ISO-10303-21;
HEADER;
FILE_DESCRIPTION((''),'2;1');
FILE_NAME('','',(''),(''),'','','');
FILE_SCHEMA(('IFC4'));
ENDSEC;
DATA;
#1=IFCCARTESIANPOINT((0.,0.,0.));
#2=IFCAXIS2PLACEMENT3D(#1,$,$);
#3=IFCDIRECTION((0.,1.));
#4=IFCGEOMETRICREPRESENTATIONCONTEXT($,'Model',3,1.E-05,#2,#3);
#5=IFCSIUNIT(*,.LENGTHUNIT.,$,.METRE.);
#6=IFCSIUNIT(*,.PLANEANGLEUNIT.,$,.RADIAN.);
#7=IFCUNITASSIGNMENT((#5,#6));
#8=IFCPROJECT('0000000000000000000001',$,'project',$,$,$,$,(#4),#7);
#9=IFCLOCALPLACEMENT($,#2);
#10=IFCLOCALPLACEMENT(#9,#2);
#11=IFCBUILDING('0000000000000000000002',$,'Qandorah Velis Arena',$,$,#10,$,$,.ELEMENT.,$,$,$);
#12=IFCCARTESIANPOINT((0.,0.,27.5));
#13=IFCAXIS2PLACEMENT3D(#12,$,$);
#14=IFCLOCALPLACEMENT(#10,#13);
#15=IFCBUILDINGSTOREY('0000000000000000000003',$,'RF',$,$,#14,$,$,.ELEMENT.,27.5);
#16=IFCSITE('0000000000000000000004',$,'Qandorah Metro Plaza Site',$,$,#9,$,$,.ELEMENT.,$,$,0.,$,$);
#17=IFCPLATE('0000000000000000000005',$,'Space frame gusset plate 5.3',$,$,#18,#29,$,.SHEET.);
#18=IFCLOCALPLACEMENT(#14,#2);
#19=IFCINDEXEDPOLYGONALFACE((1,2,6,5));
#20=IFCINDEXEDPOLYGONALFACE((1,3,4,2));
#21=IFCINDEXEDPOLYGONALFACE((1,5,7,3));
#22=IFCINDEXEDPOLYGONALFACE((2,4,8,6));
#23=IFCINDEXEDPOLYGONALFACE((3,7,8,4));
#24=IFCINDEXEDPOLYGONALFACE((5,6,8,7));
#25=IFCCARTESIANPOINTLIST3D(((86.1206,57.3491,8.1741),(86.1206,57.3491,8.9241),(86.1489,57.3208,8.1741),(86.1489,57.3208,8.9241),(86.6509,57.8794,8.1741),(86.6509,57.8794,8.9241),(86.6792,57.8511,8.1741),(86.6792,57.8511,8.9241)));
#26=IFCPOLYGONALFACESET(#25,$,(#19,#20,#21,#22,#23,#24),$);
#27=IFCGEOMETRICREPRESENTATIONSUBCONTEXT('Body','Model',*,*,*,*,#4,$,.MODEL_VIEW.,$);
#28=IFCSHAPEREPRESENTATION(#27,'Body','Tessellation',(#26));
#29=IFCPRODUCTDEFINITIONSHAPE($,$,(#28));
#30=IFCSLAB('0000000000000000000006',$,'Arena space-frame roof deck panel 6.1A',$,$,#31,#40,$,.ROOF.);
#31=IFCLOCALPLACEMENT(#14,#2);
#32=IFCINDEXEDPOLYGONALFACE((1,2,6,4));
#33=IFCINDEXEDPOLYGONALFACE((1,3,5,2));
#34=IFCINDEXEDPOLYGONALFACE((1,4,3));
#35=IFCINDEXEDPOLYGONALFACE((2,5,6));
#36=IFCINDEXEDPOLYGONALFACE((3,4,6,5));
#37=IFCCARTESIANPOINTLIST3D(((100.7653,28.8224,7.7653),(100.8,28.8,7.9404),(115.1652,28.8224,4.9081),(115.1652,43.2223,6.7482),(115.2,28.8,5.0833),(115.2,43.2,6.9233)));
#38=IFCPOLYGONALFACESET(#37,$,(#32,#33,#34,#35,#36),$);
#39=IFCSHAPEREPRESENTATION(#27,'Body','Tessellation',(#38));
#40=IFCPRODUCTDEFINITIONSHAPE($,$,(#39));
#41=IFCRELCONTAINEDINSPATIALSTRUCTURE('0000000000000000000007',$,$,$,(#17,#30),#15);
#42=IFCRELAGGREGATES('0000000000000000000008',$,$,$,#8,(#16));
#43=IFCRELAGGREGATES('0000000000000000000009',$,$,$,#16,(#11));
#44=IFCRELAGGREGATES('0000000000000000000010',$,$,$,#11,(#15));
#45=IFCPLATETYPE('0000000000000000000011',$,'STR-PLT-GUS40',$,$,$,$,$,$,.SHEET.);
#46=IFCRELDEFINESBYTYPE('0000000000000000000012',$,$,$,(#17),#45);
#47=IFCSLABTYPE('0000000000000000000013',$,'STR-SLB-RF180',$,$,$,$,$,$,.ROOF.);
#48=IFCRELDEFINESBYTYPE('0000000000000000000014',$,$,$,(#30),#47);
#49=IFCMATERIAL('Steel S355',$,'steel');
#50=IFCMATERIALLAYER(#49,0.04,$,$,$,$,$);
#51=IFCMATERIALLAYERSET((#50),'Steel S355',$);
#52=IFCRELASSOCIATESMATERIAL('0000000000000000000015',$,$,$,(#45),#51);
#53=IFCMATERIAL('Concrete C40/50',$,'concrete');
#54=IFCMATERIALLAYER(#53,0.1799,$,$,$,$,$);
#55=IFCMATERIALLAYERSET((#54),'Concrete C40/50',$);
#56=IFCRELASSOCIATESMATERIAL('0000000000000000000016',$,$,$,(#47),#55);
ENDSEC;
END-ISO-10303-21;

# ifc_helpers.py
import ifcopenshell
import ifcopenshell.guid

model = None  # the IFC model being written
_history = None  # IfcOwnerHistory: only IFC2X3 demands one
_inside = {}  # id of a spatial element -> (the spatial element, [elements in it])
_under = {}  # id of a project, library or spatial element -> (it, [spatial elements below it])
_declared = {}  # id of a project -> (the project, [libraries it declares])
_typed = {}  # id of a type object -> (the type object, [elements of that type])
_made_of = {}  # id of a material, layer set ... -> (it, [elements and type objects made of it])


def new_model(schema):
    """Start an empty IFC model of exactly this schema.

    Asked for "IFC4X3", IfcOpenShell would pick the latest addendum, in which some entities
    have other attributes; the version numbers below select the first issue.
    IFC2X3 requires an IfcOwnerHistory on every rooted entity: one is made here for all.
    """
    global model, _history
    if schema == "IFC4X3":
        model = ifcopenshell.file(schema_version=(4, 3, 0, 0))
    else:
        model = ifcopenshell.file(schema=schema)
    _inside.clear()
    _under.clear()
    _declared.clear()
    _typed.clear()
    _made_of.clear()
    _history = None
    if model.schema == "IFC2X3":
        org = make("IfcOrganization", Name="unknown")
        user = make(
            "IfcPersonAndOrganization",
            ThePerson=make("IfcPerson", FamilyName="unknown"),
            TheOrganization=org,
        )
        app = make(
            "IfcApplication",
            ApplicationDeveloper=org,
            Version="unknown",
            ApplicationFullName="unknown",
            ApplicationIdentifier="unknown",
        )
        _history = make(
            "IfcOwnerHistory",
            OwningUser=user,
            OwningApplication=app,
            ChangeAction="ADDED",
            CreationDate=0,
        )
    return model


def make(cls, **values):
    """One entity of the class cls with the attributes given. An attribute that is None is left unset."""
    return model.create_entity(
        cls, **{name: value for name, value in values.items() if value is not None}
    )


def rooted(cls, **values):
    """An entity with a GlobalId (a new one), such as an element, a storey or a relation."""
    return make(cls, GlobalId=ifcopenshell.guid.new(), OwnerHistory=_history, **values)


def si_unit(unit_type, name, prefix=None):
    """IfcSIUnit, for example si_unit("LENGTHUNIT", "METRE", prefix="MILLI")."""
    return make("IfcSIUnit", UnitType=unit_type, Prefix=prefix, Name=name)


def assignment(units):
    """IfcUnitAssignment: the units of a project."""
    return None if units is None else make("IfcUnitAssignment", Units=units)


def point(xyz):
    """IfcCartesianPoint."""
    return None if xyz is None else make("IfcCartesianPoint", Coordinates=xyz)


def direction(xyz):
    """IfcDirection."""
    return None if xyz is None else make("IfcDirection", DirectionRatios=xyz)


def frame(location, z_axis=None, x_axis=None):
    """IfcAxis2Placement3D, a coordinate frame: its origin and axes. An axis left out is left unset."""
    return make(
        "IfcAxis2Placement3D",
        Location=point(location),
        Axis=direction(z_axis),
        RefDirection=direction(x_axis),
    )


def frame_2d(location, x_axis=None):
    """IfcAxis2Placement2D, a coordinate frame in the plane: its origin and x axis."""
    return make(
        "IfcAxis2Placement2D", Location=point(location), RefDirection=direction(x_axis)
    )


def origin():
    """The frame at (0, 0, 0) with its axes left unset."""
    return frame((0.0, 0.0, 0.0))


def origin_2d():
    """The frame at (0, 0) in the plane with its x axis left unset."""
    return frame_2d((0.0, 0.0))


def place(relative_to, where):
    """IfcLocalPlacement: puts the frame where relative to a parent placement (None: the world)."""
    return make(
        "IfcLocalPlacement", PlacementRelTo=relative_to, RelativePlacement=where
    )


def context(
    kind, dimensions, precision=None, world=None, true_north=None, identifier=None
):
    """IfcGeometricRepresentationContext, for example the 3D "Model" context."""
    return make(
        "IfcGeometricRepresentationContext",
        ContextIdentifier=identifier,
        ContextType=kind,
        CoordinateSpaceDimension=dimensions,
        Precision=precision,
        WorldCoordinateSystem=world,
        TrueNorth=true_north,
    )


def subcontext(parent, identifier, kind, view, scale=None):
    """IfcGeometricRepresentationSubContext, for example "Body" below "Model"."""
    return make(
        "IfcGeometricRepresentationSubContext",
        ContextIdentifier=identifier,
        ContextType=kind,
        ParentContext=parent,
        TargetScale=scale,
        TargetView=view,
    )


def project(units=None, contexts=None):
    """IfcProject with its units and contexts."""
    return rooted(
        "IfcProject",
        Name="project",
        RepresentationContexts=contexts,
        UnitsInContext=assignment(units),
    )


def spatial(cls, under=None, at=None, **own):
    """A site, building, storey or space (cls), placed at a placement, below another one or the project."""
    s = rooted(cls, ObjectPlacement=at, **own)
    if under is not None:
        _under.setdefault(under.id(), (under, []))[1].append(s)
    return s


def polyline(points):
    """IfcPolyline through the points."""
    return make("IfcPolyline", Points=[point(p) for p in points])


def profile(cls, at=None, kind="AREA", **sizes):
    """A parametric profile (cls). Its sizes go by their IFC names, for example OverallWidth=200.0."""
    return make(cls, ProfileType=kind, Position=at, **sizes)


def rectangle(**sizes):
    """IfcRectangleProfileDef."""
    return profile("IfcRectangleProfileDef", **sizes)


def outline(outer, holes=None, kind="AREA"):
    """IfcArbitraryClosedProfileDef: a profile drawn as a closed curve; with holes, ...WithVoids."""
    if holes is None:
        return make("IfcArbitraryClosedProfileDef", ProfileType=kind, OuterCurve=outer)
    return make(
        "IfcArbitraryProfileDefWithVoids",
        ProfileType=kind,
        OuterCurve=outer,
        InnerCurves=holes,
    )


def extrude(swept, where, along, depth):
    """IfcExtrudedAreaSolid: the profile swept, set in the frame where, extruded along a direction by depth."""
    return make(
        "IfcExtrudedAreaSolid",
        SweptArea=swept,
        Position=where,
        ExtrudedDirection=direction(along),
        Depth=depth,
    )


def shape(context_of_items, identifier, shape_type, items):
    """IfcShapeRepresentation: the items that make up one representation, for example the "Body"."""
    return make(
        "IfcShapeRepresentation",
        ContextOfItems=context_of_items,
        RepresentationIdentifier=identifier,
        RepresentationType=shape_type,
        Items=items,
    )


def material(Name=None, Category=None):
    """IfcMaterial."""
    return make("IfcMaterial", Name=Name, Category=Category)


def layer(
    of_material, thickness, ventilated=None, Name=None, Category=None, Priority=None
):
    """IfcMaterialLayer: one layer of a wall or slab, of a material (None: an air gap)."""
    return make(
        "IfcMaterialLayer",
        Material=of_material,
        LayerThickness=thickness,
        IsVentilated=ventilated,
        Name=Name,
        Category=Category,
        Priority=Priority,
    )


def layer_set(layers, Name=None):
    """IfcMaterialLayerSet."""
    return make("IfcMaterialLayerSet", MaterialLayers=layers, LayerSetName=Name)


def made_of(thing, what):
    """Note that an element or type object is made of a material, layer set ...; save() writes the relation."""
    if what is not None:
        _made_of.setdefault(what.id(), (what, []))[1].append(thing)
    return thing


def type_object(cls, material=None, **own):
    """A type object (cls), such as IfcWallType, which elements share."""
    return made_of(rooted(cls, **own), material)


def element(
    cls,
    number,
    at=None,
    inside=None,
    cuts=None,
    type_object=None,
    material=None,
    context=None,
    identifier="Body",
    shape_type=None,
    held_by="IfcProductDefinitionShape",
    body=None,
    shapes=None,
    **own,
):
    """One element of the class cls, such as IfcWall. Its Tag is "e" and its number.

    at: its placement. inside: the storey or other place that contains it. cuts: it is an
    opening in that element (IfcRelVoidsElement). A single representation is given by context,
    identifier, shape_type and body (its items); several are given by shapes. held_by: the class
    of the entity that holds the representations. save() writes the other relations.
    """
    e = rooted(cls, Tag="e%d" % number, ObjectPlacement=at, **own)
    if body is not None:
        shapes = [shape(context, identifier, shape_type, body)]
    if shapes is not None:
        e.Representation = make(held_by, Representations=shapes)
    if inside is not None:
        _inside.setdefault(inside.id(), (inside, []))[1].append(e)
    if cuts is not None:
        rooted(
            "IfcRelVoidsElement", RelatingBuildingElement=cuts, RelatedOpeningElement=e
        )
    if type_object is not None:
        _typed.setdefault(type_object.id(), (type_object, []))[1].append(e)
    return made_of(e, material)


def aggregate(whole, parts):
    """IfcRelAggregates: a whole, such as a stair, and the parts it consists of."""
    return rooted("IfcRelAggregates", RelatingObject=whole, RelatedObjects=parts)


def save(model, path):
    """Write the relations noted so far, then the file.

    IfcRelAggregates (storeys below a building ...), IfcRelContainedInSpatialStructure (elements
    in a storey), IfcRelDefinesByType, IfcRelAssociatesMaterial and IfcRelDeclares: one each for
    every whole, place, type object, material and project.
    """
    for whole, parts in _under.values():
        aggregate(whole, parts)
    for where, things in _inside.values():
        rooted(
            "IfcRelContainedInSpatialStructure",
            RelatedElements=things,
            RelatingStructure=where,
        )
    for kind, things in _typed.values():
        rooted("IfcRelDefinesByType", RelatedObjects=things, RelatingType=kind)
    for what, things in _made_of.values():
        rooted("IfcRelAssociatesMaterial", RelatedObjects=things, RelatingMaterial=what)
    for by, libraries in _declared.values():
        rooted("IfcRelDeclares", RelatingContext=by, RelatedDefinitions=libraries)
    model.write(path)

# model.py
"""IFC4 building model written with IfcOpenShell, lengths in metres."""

from ifc_helpers import new_model, si_unit, direction, frame, origin, origin_2d, place, context, subcontext, project, spatial, polyline, rectangle, outline, extrude, material, layer, layer_set, type_object, element, save


model = new_model("IFC4")

# Units and contexts
model_context = context("Model", 3, precision=1e-05, world=origin(), true_north=direction((0.0, 1.0)))
body_context = subcontext(model_context, "Body", "Model", "MODEL_VIEW")
ifc_project = project(units=[si_unit("LENGTHUNIT", "METRE"), si_unit("PLANEANGLEUNIT", "RADIAN")], contexts=[model_context])

# Site, building, storey
site_placement = place(None, origin())
site = spatial("IfcSite", under=ifc_project, at=site_placement, Name="Qandorah Metro Plaza Site", CompositionType="ELEMENT", RefElevation=0.0)
building_placement = place(site_placement, origin())
building = spatial("IfcBuilding", under=site, at=building_placement, Name="Qandorah Velis Arena", CompositionType="ELEMENT")
storey_placement = place(building_placement, frame((0.0, 0.0, 27.5)))
storey = spatial("IfcBuildingStorey", under=building, at=storey_placement, Name="RF", CompositionType="ELEMENT", Elevation=27.5)

# Shared definitions
ifc_material_1 = material(Name="Steel S355", Category="steel")

# Plate
ifc_layer_1 = layer(ifc_material_1, 0.04)
ifc_layer_set_1 = layer_set([ifc_layer_1], Name="Steel S355")
plate_type_1 = type_object("IfcPlateType", Name="STR-PLT-GUS40", PredefinedType="SHEET", material=ifc_layer_set_1)
plate_1_placement = place(storey_placement, frame((86.3999, 57.6001, 8.1741), z_axis=(0.0, 0.0, 1.0), x_axis=(0.707107, 0.707107, 0.0)))
element("IfcPlate", 1, at=plate_1_placement, inside=storey, type_object=plate_type_1, Name="Space frame gusset plate 5.3", PredefinedType="SHEET", context=body_context, shape_type="SweptSolid", body=[
    extrude(rectangle(XDim=0.75, YDim=0.04, at=origin_2d()), origin(), (0.0, 0.0, 1.0), 0.75),
])

# Slab
ifc_material_2 = material(Name="Concrete C40/50", Category="concrete")
ifc_layer_2 = layer(ifc_material_2, 0.1799)
ifc_layer_set_2 = layer_set([ifc_layer_2], Name="Concrete C40/50")
slab_type = type_object("IfcSlabType", Name="STR-SLB-RF180", PredefinedType="ROOF", material=ifc_layer_set_2)
slab_placement = place(storey_placement, frame((100.8, 28.8, 7.9404), z_axis=(0.193111, -0.124368, 0.973263), x_axis=(0.980878, 0.0, -0.194622)))
element("IfcSlab", 2, at=slab_placement, inside=storey, type_object=slab_type, Name="Arena space-frame roof deck panel 6.1A", PredefinedType="ROOF", context=body_context, shape_type="SweptSolid", body=[
    extrude(outline(polyline([(0.0, 0.0), (14.6806, 0.0), (14.3225, 14.5126), (0.0, 0.0)])), origin(), (0.0, 0.0, -1.0), 0.1799),
])

save(model, "model.ifc")
